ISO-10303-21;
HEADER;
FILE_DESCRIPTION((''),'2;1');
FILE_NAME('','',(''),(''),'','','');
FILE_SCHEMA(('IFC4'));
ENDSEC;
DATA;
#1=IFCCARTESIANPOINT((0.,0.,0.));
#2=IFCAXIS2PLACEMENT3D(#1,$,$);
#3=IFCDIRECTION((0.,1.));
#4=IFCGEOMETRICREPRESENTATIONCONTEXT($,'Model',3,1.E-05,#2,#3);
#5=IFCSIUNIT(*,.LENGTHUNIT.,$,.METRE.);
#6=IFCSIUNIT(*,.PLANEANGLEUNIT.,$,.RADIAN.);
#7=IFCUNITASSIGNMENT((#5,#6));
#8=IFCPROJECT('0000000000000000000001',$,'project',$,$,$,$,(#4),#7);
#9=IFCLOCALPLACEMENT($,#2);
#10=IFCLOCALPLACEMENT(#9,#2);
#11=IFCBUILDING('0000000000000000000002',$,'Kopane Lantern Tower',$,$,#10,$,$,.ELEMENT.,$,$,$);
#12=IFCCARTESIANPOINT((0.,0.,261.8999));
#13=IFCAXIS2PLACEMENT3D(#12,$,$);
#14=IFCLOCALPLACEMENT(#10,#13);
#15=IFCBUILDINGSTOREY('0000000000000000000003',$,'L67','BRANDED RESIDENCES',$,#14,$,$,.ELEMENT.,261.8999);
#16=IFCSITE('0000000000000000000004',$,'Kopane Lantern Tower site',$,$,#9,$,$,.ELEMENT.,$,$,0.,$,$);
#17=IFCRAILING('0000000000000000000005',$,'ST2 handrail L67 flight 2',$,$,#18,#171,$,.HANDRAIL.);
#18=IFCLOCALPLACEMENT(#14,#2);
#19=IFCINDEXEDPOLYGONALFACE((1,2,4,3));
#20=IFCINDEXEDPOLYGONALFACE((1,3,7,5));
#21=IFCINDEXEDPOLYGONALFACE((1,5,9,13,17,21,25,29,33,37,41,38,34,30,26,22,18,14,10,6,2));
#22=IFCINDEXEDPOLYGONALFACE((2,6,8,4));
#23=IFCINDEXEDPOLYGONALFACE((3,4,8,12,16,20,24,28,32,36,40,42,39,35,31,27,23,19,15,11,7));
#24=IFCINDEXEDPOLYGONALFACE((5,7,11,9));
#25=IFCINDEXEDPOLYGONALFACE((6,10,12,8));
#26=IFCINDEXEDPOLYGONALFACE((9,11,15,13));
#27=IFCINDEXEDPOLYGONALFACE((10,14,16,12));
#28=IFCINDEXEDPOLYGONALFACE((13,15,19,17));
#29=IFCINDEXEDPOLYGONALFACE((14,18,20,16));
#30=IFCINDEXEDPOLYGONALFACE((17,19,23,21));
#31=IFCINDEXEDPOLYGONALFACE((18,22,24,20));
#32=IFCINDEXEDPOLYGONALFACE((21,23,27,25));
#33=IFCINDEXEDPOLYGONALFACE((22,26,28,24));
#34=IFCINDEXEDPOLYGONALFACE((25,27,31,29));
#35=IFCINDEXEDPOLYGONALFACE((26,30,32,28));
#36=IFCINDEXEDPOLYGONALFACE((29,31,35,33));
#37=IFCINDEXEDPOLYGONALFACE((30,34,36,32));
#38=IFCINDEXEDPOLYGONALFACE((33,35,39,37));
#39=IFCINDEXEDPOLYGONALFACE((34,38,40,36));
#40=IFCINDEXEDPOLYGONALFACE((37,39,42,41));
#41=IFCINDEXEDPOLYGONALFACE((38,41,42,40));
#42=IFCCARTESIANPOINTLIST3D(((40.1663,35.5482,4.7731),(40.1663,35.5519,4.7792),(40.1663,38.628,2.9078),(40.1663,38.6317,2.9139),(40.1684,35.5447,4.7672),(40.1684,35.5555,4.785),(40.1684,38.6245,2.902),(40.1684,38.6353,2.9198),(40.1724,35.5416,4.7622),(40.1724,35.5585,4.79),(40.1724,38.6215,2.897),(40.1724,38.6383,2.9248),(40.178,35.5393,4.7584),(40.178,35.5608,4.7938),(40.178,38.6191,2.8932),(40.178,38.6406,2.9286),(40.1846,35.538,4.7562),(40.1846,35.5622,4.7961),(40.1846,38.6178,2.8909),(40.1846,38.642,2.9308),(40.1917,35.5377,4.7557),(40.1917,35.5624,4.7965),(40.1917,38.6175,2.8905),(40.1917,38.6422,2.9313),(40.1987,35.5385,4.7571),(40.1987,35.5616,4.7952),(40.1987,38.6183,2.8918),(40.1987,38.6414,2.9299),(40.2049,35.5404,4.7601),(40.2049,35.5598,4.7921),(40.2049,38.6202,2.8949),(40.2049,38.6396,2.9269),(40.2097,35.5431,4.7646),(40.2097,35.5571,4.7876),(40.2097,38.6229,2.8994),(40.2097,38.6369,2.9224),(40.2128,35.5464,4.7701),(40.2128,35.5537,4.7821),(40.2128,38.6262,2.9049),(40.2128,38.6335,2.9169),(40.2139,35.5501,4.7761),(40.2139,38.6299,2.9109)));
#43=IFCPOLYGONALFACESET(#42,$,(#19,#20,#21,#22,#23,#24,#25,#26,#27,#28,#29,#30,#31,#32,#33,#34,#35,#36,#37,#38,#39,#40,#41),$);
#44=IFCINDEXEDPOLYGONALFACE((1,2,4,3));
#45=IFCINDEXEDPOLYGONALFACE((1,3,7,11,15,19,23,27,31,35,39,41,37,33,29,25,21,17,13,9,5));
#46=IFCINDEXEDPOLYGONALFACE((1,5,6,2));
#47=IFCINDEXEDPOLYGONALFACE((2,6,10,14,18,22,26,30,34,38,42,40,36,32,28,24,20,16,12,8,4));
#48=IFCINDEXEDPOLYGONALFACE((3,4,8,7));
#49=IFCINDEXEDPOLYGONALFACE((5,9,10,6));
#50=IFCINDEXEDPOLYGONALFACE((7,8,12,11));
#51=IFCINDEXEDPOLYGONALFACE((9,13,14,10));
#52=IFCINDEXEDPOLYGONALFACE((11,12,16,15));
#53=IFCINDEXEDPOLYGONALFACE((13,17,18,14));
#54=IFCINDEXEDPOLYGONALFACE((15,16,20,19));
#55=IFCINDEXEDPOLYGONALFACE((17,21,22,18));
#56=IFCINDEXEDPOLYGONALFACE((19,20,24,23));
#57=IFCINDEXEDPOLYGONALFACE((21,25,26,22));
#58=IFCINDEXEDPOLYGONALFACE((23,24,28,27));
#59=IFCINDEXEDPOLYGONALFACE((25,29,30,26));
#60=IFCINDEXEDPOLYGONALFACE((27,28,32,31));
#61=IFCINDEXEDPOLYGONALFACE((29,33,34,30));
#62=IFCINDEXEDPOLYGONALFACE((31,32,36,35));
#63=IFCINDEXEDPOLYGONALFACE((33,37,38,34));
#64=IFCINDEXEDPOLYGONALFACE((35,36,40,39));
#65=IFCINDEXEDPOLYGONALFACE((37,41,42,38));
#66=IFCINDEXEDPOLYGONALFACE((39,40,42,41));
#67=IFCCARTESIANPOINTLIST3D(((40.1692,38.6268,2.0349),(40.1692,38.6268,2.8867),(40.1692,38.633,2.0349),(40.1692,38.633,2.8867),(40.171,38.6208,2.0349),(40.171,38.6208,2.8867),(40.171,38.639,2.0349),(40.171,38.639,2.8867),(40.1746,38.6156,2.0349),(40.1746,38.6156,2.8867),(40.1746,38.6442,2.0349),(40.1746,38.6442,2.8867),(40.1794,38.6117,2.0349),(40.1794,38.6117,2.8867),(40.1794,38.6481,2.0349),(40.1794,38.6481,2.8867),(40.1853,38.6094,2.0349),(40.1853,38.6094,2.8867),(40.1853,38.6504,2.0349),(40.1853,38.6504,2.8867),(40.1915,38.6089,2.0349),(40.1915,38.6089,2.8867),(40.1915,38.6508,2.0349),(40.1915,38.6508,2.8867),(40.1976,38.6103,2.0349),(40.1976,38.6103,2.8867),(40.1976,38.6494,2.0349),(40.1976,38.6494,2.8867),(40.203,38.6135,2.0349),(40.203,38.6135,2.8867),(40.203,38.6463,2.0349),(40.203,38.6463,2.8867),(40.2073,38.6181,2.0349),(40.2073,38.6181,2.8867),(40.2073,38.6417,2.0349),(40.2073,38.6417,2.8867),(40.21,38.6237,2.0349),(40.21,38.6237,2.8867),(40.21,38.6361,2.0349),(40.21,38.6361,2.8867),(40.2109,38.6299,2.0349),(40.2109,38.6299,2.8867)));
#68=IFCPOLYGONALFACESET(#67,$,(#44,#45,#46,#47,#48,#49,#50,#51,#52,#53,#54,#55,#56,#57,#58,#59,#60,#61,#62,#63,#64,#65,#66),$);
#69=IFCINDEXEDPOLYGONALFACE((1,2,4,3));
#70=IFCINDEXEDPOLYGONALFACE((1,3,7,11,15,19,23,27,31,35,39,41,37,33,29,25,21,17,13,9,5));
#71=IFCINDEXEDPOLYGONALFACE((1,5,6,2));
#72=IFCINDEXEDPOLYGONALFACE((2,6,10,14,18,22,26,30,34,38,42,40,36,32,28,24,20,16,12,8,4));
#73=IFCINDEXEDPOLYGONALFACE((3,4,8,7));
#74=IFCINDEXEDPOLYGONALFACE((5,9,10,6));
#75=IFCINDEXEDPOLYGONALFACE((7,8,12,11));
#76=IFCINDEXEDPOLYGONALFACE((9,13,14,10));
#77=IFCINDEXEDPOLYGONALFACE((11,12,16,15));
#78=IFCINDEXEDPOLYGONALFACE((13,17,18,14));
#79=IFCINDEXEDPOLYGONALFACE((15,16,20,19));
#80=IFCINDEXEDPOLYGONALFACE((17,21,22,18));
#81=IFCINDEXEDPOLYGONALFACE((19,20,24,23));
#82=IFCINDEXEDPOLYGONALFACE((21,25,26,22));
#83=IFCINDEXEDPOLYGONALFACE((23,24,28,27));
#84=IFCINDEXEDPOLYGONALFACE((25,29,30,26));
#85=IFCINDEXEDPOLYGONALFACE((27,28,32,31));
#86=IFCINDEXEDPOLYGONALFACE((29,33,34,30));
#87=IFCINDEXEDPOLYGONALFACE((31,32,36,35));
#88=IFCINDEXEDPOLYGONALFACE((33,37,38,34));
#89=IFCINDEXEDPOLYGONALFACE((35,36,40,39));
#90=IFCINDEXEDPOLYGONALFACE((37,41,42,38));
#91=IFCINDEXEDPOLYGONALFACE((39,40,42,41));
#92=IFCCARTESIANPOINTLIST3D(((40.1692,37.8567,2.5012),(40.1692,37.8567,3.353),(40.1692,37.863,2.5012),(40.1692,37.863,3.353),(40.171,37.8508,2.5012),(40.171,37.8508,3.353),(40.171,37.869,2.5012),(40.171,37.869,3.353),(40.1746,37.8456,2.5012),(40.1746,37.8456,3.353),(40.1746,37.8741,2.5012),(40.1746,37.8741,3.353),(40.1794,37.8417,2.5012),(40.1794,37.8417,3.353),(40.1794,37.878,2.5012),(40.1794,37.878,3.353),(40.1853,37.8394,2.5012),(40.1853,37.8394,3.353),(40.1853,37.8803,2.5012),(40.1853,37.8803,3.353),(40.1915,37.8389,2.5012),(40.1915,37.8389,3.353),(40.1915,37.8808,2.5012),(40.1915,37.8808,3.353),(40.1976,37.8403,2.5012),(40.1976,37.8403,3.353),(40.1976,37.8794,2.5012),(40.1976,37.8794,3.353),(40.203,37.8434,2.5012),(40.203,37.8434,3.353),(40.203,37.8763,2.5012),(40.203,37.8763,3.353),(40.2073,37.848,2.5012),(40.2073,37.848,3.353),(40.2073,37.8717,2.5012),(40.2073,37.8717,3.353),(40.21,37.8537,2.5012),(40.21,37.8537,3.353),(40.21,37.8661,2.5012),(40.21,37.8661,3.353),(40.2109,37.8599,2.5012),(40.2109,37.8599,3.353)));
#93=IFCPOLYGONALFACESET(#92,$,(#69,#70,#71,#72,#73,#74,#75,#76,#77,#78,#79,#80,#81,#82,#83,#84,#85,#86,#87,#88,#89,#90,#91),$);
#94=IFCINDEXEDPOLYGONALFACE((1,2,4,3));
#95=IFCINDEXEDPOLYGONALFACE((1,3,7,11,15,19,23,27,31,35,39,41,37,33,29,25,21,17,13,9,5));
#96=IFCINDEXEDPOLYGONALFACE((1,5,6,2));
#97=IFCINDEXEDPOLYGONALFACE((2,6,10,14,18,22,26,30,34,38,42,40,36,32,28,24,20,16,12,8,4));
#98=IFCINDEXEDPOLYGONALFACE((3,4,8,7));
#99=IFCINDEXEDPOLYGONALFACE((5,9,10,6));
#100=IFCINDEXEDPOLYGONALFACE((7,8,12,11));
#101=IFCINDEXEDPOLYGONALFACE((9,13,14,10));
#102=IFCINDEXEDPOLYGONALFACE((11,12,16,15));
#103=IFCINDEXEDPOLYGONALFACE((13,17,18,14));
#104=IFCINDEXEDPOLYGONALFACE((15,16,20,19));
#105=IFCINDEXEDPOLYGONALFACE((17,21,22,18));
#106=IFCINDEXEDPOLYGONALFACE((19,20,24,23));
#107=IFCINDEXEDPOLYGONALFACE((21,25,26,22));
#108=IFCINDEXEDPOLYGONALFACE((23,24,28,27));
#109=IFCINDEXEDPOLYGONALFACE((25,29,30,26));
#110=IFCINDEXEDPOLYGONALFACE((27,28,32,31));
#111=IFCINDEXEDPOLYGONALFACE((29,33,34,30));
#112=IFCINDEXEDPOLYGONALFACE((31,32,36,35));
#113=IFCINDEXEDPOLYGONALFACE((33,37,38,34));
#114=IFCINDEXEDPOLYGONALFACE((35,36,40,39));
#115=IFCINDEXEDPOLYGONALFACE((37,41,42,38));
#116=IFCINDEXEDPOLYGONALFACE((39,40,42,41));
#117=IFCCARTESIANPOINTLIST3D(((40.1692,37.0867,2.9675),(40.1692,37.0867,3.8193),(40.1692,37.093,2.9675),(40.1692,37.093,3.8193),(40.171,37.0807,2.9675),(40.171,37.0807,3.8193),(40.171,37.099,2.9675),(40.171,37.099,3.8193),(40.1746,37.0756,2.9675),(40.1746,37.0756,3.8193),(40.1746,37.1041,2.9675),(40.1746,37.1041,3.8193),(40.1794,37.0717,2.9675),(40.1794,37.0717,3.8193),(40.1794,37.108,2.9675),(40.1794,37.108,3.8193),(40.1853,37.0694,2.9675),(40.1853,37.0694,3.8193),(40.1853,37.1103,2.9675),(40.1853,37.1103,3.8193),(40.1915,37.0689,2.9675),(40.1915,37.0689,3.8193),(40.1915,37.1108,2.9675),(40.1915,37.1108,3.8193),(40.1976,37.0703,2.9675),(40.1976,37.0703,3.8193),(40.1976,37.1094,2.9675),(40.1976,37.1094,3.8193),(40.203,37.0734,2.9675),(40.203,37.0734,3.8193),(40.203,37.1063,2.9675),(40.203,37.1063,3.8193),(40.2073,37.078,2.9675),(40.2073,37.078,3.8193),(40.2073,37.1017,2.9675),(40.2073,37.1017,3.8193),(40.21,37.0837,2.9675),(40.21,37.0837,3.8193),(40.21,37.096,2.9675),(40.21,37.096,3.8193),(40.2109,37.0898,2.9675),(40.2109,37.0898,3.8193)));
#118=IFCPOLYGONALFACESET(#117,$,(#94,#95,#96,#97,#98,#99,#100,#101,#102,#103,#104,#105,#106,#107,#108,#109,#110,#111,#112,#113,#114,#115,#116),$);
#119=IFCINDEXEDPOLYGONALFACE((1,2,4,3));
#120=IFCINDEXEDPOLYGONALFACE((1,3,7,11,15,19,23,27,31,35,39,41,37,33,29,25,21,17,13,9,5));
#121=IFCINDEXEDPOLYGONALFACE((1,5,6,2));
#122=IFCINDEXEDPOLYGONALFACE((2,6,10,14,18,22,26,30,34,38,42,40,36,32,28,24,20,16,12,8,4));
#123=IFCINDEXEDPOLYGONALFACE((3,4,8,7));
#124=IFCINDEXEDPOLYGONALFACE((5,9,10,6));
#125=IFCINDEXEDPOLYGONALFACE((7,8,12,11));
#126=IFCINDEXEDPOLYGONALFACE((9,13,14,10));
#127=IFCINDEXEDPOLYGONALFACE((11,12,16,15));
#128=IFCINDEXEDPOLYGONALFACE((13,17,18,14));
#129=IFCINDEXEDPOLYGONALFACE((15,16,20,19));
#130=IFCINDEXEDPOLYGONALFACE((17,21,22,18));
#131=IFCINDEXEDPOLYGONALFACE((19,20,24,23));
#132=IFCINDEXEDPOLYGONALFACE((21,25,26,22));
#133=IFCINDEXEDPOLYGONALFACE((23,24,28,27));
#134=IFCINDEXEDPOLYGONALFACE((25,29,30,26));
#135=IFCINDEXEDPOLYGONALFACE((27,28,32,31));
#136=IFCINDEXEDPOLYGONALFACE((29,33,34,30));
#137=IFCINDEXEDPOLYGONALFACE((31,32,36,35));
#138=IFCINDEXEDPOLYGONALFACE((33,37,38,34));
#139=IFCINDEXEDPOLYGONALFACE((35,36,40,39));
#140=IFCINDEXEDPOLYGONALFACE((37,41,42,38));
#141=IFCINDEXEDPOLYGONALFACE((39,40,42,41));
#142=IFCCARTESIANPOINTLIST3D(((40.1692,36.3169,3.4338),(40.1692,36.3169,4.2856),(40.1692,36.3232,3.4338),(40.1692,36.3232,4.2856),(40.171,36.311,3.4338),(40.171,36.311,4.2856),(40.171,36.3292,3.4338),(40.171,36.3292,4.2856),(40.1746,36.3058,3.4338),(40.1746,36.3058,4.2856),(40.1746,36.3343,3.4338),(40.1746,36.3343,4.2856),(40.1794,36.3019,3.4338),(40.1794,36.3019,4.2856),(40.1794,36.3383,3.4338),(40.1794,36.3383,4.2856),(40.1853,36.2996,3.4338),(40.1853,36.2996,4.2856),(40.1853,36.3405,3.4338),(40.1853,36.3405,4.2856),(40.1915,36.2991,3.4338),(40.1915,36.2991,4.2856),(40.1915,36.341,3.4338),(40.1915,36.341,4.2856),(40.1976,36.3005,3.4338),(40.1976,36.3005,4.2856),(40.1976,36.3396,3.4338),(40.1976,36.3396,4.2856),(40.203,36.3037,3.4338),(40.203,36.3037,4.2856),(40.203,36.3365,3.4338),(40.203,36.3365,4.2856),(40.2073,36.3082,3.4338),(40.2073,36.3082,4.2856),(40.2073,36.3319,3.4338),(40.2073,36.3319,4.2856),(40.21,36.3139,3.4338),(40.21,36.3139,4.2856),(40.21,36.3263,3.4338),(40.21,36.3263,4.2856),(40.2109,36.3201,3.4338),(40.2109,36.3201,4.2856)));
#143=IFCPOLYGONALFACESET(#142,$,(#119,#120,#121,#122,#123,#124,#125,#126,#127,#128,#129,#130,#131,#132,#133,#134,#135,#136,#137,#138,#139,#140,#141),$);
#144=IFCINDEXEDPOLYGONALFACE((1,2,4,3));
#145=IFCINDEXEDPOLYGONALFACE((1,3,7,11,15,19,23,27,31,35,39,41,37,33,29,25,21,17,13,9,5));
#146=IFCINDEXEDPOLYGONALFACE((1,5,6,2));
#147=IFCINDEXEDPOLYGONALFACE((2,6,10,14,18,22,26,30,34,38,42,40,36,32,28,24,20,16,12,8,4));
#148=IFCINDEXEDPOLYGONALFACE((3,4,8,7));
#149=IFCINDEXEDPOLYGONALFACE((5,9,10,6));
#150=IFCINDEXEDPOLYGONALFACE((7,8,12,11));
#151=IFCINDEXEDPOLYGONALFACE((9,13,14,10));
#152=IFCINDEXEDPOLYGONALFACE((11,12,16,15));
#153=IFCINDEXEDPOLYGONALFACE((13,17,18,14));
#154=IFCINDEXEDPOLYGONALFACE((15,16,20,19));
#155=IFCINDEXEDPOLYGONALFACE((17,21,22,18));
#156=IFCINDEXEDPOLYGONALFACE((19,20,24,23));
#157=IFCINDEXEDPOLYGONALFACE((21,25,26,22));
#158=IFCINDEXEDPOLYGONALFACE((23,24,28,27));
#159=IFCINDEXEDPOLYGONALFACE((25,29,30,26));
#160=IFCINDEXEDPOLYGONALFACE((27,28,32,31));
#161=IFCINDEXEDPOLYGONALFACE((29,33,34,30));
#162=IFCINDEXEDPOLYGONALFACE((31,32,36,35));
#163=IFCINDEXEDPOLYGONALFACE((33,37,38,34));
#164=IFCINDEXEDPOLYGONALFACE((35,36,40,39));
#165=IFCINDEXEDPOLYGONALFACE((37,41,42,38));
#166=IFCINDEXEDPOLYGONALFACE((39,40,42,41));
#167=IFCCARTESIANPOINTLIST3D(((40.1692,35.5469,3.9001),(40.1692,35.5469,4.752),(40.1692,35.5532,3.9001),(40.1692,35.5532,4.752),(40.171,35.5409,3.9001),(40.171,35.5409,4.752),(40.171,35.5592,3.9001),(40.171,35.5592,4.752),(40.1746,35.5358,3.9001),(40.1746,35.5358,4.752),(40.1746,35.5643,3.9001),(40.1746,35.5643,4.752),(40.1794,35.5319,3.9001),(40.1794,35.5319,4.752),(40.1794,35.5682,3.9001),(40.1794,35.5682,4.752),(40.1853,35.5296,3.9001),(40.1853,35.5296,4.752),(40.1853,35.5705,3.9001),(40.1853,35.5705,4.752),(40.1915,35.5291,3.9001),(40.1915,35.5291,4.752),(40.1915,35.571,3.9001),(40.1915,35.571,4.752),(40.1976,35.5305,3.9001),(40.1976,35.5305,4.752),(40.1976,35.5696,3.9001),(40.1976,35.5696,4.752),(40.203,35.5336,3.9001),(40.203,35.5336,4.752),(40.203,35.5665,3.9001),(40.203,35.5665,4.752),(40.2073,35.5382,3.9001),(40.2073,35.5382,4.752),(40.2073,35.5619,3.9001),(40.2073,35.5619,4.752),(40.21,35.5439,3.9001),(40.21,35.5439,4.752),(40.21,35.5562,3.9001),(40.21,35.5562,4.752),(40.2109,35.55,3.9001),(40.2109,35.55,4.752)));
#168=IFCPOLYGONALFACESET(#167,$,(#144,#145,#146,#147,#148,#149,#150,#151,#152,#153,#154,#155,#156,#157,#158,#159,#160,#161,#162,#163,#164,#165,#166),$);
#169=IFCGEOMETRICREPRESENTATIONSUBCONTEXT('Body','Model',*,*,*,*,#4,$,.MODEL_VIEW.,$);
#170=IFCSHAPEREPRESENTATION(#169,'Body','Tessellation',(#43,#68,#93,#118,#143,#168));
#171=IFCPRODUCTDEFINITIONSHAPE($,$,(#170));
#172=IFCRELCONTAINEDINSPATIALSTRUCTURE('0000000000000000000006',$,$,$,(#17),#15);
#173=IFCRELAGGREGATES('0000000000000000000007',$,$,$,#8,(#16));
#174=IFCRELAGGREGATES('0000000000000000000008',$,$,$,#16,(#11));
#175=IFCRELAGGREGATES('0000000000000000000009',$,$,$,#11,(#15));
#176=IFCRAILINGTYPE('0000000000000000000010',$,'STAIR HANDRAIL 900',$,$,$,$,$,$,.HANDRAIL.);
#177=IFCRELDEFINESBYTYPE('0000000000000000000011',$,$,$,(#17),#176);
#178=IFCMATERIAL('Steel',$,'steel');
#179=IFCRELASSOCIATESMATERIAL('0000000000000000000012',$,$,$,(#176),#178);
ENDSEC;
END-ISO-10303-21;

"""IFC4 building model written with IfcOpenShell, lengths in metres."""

from ifc_helpers import new_model, si_unit, direction, frame, origin, origin_2d, place, context, subcontext, project, spatial, circle, extrude, material, type_object, element, save


model = new_model("IFC4")

# Units and contexts
model_context = context("Model", 3, precision=1e-05, world=origin(), true_north=direction((0.0, 1.0)))
body_context = subcontext(model_context, "Body", "Model", "MODEL_VIEW")
ifc_project = project(units=[si_unit("LENGTHUNIT", "METRE"), si_unit("PLANEANGLEUNIT", "RADIAN")], contexts=[model_context])

# Site, building, storey
site_placement = place(None, origin())
site = spatial("IfcSite", under=ifc_project, at=site_placement, Name="Kopane Lantern Tower site", CompositionType="ELEMENT", RefElevation=0.0)
building_placement = place(site_placement, origin())
building = spatial("IfcBuilding", under=site, at=building_placement, Name="Kopane Lantern Tower", CompositionType="ELEMENT")
storey_placement = place(building_placement, frame((0.0, 0.0, 261.8999)))
storey = spatial("IfcBuildingStorey", under=building, at=storey_placement, Name="L67", Description="BRANDED RESIDENCES", CompositionType="ELEMENT", Elevation=261.8999)

# Railing
ifc_material_1 = material(Name="Steel", Category="steel")
railing_type = type_object("IfcRailingType", Name="STAIR HANDRAIL 900", PredefinedType="HANDRAIL", material=ifc_material_1)
for number, where, name in (
    (1, (40.1899, 38.6299, 2.0349), "ST2 handrail L67 flight 2"),
):
    element("IfcRailing", number, at=place(storey_placement, frame(where)), inside=storey, type_object=railing_type, Name=name, PredefinedType="HANDRAIL", context=body_context, shape_type="SweptSolid", body=[
        extrude(circle(Radius=0.0239, at=origin_2d()), frame((0.0, 0.0, 0.876), z_axis=(0.0, -0.855362, 0.518031), x_axis=(1.0, 0.0, 0.0)), (0.0, 0.0, 1.0), 3.6006),
        extrude(circle(Radius=0.021, at=origin_2d()), origin(), (0.0, 0.0, 1.0), 0.8518),
        extrude(circle(Radius=0.021, at=origin_2d()), frame((0.0, -0.77, 0.4663)), (0.0, 0.0, 1.0), 0.8518),
        extrude(circle(Radius=0.021, at=origin_2d()), frame((0.0, -1.54, 0.9326)), (0.0, 0.0, 1.0), 0.8518),
        extrude(circle(Radius=0.021, at=origin_2d()), frame((0.0, -2.3098, 1.3989)), (0.0, 0.0, 1.0), 0.8518),
        extrude(circle(Radius=0.021, at=origin_2d()), frame((0.0, -3.0798, 1.8652)), (0.0, 0.0, 1.0), 0.8518),
    ])

save(model, "model.ifc")
